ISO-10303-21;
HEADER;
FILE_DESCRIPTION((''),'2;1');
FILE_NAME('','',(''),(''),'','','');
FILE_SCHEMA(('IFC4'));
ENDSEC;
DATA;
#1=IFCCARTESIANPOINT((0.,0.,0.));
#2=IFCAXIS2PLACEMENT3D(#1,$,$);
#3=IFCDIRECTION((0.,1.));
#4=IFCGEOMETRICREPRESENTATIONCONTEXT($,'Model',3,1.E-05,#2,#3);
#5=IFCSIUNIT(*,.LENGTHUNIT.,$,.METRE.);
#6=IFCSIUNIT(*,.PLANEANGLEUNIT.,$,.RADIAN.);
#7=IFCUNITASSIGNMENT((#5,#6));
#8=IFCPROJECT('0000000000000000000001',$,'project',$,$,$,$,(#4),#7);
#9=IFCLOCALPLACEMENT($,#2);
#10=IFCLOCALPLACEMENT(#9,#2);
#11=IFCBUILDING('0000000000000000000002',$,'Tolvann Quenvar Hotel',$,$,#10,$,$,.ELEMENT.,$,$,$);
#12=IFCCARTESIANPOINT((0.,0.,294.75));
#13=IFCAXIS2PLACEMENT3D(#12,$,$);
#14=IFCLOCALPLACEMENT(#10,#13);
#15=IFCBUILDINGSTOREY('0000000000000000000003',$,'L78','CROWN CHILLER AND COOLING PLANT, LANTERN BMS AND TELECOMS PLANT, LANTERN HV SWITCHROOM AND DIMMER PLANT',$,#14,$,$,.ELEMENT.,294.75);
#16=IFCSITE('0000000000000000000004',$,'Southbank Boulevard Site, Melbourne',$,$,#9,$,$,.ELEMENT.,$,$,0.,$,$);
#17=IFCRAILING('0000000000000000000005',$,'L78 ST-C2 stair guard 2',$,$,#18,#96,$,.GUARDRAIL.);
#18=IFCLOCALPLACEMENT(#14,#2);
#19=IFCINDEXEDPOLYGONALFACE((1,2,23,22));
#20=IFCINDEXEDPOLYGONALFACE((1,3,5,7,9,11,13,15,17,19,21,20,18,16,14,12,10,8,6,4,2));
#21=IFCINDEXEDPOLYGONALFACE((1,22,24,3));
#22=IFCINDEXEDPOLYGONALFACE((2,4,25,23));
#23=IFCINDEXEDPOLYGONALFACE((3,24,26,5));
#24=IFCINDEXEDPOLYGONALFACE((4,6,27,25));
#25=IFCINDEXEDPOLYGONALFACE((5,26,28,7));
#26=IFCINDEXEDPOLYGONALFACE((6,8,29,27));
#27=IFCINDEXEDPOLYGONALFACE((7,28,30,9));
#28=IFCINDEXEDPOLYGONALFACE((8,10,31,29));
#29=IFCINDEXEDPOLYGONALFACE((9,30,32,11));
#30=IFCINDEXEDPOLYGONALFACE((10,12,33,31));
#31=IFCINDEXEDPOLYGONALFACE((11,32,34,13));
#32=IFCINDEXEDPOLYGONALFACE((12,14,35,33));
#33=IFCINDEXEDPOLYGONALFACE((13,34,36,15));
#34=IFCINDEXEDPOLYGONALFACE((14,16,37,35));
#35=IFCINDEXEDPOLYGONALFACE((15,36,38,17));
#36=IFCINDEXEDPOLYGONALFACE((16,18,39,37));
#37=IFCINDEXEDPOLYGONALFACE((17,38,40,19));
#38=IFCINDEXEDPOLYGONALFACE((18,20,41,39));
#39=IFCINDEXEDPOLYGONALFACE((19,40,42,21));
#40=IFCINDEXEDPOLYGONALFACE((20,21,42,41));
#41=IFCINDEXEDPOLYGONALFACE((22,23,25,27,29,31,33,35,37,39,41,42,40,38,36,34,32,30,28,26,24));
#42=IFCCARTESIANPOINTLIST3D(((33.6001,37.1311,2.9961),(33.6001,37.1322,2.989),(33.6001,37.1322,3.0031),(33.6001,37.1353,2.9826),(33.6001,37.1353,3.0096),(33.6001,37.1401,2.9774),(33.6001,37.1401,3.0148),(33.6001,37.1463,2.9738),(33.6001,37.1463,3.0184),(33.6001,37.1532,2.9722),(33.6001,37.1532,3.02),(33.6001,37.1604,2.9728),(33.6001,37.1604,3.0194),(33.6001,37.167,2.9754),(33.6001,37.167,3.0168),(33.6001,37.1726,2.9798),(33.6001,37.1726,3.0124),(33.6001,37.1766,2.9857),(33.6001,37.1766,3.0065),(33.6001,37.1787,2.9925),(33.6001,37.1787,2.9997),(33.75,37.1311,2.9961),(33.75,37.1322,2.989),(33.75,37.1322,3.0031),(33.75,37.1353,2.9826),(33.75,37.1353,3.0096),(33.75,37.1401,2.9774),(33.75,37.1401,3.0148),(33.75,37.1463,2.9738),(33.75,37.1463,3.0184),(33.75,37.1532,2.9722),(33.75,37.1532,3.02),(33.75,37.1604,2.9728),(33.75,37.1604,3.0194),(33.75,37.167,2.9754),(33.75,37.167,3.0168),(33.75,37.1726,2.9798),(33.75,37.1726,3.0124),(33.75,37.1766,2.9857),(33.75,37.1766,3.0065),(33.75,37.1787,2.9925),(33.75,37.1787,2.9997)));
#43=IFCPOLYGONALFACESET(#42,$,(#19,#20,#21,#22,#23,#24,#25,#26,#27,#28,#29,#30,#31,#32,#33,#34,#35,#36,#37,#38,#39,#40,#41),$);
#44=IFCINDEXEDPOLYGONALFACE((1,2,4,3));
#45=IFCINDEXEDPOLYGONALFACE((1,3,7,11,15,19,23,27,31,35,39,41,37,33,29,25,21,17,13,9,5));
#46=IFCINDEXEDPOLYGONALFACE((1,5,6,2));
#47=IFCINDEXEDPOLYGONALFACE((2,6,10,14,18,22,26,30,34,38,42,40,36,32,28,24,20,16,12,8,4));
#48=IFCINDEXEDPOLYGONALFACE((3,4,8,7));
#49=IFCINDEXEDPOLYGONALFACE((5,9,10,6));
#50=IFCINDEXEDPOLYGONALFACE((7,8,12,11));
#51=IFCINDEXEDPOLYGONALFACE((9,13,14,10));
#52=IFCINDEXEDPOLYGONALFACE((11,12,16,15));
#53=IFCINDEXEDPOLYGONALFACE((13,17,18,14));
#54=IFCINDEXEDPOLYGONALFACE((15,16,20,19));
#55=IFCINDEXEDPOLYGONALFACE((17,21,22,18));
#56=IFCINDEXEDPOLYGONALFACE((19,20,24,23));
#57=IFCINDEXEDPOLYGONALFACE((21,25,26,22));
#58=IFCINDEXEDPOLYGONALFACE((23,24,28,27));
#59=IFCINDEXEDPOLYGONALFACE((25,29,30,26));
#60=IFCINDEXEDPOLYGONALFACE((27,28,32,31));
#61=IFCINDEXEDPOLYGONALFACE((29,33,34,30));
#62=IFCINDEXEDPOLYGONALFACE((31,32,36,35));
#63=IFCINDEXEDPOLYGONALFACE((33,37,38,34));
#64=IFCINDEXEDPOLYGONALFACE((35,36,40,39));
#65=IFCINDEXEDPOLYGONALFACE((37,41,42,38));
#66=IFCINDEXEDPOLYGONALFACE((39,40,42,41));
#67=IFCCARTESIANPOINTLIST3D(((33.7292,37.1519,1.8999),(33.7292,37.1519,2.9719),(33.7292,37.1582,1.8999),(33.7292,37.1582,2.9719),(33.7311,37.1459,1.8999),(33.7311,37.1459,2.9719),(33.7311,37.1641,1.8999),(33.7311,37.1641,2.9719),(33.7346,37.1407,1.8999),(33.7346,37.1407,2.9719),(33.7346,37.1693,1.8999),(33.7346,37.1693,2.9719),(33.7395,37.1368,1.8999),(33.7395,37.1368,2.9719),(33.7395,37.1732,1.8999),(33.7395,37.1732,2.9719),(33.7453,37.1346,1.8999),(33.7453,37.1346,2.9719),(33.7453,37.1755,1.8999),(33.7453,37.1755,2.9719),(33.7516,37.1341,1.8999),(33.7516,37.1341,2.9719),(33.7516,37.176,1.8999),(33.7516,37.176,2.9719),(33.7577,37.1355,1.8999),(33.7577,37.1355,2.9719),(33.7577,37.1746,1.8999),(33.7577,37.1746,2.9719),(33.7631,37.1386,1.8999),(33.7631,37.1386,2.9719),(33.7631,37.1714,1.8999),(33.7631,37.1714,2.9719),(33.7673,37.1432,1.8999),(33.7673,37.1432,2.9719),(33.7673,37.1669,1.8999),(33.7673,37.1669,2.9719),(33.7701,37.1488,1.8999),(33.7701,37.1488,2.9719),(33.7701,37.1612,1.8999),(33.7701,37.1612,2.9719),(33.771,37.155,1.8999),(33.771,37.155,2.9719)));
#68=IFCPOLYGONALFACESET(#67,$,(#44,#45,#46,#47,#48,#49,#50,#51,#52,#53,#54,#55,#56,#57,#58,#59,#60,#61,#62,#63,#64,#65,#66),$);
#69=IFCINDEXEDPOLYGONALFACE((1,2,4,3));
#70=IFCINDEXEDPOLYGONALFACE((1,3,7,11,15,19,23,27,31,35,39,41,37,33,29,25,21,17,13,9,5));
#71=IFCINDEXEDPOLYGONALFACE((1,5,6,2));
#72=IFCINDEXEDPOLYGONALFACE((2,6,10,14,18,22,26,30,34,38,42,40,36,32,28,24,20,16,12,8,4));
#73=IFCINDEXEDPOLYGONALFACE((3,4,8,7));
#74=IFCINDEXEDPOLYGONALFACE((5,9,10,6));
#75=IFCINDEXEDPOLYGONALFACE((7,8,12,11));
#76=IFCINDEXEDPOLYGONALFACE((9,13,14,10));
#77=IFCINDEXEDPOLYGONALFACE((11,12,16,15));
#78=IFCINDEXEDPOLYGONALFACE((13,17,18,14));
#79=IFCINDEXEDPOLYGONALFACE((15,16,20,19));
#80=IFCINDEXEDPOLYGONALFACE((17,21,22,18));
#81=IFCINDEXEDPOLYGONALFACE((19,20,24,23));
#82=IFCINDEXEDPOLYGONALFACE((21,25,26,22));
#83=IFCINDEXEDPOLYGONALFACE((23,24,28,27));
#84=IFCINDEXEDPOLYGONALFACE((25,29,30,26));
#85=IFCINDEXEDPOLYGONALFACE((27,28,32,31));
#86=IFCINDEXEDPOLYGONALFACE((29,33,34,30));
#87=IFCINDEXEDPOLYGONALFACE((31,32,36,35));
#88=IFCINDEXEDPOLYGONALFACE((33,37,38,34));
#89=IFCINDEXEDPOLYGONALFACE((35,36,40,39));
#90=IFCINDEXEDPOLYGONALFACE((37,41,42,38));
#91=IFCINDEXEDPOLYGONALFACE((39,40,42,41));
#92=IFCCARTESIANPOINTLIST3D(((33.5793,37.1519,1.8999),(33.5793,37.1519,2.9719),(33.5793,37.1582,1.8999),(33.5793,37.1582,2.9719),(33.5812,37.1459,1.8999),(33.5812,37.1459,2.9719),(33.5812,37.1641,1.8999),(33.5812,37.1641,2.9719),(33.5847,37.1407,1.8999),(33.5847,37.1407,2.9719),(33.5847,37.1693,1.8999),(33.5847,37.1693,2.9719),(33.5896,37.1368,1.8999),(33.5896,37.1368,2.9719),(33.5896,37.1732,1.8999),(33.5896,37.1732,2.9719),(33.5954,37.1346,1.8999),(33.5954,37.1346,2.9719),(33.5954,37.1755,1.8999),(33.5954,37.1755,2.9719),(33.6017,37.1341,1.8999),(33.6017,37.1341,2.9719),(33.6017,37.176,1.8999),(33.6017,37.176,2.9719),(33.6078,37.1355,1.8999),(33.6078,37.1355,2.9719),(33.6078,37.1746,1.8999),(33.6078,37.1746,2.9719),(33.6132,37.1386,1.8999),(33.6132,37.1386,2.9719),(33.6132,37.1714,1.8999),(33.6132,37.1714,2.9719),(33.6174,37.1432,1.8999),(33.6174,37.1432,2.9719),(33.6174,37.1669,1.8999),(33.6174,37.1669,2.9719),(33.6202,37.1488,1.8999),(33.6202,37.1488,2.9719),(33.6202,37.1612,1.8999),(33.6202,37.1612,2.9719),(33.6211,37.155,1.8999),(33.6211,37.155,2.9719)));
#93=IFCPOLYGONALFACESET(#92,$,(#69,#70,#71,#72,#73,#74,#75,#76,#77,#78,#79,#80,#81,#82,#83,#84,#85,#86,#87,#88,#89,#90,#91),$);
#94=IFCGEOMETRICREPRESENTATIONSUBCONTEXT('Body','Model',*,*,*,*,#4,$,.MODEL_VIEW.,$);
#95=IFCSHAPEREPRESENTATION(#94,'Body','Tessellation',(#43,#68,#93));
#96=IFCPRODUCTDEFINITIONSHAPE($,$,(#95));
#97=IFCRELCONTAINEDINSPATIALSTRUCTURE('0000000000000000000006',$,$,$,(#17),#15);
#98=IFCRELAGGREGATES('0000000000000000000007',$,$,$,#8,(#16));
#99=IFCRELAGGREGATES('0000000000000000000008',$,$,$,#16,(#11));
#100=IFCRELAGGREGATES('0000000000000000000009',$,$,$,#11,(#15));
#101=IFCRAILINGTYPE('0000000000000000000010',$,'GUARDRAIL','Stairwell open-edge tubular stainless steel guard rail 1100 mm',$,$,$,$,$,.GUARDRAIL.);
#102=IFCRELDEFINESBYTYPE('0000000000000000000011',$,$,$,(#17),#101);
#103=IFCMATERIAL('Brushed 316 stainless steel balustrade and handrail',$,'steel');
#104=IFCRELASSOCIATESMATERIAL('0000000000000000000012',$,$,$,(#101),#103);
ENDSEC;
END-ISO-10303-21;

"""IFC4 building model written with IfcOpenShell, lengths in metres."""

from ifc_helpers import new_model, si_unit, direction, frame, origin, origin_2d, place, context, subcontext, project, spatial, circle, extrude, material, type_object, element, save


model = new_model("IFC4")

# Units and contexts
model_context = context("Model", 3, precision=1e-05, world=origin(), true_north=direction((0.0, 1.0)))
body_context = subcontext(model_context, "Body", "Model", "MODEL_VIEW")
ifc_project = project(units=[si_unit("LENGTHUNIT", "METRE"), si_unit("PLANEANGLEUNIT", "RADIAN")], contexts=[model_context])

# Site, building, storey
site_placement = place(None, origin())
site = spatial("IfcSite", under=ifc_project, at=site_placement, Name="Southbank Boulevard Site, Melbourne", CompositionType="ELEMENT", RefElevation=0.0)
building_placement = place(site_placement, origin())
building = spatial("IfcBuilding", under=site, at=building_placement, Name="Tolvann Quenvar Hotel", CompositionType="ELEMENT")
storey_placement = place(building_placement, frame((0.0, 0.0, 294.75)))
storey = spatial("IfcBuildingStorey", under=building, at=storey_placement, Name="L78", Description="CROWN CHILLER AND COOLING PLANT, LANTERN BMS AND TELECOMS PLANT, LANTERN HV SWITCHROOM AND DIMMER PLANT", CompositionType="ELEMENT", Elevation=294.75)

# Railing
ifc_material_1 = material(Name="Brushed 316 stainless steel balustrade and handrail", Category="steel")
railing_type_1 = type_object("IfcRailingType", Name="GUARDRAIL", Description="Stairwell open-edge tubular stainless steel guard rail 1100 mm", PredefinedType="GUARDRAIL", material=ifc_material_1)
railing_1_placement = place(storey_placement, frame((33.75, 37.155, 1.8999)))
element("IfcRailing", 1, at=railing_1_placement, inside=storey, type_object=railing_type_1, Name="L78 ST-C2 stair guard 2", PredefinedType="GUARDRAIL", context=body_context, shape_type="SweptSolid", body=[
    extrude(circle(Radius=0.0239, at=origin_2d()), frame((0.0, 0.0, 1.0962), z_axis=(-1.0, 0.0, 0.0), x_axis=(0.0, -1.0, 0.0)), (0.0, 0.0, 1.0), 0.1499),
    extrude(circle(Radius=0.021, at=origin_2d()), origin(), (0.0, 0.0, 1.0), 1.072),
    extrude(circle(Radius=0.021, at=origin_2d()), frame((-0.1499, 0.0, 0.0)), (0.0, 0.0, 1.0), 1.072),
])

save(model, "model.ifc")
